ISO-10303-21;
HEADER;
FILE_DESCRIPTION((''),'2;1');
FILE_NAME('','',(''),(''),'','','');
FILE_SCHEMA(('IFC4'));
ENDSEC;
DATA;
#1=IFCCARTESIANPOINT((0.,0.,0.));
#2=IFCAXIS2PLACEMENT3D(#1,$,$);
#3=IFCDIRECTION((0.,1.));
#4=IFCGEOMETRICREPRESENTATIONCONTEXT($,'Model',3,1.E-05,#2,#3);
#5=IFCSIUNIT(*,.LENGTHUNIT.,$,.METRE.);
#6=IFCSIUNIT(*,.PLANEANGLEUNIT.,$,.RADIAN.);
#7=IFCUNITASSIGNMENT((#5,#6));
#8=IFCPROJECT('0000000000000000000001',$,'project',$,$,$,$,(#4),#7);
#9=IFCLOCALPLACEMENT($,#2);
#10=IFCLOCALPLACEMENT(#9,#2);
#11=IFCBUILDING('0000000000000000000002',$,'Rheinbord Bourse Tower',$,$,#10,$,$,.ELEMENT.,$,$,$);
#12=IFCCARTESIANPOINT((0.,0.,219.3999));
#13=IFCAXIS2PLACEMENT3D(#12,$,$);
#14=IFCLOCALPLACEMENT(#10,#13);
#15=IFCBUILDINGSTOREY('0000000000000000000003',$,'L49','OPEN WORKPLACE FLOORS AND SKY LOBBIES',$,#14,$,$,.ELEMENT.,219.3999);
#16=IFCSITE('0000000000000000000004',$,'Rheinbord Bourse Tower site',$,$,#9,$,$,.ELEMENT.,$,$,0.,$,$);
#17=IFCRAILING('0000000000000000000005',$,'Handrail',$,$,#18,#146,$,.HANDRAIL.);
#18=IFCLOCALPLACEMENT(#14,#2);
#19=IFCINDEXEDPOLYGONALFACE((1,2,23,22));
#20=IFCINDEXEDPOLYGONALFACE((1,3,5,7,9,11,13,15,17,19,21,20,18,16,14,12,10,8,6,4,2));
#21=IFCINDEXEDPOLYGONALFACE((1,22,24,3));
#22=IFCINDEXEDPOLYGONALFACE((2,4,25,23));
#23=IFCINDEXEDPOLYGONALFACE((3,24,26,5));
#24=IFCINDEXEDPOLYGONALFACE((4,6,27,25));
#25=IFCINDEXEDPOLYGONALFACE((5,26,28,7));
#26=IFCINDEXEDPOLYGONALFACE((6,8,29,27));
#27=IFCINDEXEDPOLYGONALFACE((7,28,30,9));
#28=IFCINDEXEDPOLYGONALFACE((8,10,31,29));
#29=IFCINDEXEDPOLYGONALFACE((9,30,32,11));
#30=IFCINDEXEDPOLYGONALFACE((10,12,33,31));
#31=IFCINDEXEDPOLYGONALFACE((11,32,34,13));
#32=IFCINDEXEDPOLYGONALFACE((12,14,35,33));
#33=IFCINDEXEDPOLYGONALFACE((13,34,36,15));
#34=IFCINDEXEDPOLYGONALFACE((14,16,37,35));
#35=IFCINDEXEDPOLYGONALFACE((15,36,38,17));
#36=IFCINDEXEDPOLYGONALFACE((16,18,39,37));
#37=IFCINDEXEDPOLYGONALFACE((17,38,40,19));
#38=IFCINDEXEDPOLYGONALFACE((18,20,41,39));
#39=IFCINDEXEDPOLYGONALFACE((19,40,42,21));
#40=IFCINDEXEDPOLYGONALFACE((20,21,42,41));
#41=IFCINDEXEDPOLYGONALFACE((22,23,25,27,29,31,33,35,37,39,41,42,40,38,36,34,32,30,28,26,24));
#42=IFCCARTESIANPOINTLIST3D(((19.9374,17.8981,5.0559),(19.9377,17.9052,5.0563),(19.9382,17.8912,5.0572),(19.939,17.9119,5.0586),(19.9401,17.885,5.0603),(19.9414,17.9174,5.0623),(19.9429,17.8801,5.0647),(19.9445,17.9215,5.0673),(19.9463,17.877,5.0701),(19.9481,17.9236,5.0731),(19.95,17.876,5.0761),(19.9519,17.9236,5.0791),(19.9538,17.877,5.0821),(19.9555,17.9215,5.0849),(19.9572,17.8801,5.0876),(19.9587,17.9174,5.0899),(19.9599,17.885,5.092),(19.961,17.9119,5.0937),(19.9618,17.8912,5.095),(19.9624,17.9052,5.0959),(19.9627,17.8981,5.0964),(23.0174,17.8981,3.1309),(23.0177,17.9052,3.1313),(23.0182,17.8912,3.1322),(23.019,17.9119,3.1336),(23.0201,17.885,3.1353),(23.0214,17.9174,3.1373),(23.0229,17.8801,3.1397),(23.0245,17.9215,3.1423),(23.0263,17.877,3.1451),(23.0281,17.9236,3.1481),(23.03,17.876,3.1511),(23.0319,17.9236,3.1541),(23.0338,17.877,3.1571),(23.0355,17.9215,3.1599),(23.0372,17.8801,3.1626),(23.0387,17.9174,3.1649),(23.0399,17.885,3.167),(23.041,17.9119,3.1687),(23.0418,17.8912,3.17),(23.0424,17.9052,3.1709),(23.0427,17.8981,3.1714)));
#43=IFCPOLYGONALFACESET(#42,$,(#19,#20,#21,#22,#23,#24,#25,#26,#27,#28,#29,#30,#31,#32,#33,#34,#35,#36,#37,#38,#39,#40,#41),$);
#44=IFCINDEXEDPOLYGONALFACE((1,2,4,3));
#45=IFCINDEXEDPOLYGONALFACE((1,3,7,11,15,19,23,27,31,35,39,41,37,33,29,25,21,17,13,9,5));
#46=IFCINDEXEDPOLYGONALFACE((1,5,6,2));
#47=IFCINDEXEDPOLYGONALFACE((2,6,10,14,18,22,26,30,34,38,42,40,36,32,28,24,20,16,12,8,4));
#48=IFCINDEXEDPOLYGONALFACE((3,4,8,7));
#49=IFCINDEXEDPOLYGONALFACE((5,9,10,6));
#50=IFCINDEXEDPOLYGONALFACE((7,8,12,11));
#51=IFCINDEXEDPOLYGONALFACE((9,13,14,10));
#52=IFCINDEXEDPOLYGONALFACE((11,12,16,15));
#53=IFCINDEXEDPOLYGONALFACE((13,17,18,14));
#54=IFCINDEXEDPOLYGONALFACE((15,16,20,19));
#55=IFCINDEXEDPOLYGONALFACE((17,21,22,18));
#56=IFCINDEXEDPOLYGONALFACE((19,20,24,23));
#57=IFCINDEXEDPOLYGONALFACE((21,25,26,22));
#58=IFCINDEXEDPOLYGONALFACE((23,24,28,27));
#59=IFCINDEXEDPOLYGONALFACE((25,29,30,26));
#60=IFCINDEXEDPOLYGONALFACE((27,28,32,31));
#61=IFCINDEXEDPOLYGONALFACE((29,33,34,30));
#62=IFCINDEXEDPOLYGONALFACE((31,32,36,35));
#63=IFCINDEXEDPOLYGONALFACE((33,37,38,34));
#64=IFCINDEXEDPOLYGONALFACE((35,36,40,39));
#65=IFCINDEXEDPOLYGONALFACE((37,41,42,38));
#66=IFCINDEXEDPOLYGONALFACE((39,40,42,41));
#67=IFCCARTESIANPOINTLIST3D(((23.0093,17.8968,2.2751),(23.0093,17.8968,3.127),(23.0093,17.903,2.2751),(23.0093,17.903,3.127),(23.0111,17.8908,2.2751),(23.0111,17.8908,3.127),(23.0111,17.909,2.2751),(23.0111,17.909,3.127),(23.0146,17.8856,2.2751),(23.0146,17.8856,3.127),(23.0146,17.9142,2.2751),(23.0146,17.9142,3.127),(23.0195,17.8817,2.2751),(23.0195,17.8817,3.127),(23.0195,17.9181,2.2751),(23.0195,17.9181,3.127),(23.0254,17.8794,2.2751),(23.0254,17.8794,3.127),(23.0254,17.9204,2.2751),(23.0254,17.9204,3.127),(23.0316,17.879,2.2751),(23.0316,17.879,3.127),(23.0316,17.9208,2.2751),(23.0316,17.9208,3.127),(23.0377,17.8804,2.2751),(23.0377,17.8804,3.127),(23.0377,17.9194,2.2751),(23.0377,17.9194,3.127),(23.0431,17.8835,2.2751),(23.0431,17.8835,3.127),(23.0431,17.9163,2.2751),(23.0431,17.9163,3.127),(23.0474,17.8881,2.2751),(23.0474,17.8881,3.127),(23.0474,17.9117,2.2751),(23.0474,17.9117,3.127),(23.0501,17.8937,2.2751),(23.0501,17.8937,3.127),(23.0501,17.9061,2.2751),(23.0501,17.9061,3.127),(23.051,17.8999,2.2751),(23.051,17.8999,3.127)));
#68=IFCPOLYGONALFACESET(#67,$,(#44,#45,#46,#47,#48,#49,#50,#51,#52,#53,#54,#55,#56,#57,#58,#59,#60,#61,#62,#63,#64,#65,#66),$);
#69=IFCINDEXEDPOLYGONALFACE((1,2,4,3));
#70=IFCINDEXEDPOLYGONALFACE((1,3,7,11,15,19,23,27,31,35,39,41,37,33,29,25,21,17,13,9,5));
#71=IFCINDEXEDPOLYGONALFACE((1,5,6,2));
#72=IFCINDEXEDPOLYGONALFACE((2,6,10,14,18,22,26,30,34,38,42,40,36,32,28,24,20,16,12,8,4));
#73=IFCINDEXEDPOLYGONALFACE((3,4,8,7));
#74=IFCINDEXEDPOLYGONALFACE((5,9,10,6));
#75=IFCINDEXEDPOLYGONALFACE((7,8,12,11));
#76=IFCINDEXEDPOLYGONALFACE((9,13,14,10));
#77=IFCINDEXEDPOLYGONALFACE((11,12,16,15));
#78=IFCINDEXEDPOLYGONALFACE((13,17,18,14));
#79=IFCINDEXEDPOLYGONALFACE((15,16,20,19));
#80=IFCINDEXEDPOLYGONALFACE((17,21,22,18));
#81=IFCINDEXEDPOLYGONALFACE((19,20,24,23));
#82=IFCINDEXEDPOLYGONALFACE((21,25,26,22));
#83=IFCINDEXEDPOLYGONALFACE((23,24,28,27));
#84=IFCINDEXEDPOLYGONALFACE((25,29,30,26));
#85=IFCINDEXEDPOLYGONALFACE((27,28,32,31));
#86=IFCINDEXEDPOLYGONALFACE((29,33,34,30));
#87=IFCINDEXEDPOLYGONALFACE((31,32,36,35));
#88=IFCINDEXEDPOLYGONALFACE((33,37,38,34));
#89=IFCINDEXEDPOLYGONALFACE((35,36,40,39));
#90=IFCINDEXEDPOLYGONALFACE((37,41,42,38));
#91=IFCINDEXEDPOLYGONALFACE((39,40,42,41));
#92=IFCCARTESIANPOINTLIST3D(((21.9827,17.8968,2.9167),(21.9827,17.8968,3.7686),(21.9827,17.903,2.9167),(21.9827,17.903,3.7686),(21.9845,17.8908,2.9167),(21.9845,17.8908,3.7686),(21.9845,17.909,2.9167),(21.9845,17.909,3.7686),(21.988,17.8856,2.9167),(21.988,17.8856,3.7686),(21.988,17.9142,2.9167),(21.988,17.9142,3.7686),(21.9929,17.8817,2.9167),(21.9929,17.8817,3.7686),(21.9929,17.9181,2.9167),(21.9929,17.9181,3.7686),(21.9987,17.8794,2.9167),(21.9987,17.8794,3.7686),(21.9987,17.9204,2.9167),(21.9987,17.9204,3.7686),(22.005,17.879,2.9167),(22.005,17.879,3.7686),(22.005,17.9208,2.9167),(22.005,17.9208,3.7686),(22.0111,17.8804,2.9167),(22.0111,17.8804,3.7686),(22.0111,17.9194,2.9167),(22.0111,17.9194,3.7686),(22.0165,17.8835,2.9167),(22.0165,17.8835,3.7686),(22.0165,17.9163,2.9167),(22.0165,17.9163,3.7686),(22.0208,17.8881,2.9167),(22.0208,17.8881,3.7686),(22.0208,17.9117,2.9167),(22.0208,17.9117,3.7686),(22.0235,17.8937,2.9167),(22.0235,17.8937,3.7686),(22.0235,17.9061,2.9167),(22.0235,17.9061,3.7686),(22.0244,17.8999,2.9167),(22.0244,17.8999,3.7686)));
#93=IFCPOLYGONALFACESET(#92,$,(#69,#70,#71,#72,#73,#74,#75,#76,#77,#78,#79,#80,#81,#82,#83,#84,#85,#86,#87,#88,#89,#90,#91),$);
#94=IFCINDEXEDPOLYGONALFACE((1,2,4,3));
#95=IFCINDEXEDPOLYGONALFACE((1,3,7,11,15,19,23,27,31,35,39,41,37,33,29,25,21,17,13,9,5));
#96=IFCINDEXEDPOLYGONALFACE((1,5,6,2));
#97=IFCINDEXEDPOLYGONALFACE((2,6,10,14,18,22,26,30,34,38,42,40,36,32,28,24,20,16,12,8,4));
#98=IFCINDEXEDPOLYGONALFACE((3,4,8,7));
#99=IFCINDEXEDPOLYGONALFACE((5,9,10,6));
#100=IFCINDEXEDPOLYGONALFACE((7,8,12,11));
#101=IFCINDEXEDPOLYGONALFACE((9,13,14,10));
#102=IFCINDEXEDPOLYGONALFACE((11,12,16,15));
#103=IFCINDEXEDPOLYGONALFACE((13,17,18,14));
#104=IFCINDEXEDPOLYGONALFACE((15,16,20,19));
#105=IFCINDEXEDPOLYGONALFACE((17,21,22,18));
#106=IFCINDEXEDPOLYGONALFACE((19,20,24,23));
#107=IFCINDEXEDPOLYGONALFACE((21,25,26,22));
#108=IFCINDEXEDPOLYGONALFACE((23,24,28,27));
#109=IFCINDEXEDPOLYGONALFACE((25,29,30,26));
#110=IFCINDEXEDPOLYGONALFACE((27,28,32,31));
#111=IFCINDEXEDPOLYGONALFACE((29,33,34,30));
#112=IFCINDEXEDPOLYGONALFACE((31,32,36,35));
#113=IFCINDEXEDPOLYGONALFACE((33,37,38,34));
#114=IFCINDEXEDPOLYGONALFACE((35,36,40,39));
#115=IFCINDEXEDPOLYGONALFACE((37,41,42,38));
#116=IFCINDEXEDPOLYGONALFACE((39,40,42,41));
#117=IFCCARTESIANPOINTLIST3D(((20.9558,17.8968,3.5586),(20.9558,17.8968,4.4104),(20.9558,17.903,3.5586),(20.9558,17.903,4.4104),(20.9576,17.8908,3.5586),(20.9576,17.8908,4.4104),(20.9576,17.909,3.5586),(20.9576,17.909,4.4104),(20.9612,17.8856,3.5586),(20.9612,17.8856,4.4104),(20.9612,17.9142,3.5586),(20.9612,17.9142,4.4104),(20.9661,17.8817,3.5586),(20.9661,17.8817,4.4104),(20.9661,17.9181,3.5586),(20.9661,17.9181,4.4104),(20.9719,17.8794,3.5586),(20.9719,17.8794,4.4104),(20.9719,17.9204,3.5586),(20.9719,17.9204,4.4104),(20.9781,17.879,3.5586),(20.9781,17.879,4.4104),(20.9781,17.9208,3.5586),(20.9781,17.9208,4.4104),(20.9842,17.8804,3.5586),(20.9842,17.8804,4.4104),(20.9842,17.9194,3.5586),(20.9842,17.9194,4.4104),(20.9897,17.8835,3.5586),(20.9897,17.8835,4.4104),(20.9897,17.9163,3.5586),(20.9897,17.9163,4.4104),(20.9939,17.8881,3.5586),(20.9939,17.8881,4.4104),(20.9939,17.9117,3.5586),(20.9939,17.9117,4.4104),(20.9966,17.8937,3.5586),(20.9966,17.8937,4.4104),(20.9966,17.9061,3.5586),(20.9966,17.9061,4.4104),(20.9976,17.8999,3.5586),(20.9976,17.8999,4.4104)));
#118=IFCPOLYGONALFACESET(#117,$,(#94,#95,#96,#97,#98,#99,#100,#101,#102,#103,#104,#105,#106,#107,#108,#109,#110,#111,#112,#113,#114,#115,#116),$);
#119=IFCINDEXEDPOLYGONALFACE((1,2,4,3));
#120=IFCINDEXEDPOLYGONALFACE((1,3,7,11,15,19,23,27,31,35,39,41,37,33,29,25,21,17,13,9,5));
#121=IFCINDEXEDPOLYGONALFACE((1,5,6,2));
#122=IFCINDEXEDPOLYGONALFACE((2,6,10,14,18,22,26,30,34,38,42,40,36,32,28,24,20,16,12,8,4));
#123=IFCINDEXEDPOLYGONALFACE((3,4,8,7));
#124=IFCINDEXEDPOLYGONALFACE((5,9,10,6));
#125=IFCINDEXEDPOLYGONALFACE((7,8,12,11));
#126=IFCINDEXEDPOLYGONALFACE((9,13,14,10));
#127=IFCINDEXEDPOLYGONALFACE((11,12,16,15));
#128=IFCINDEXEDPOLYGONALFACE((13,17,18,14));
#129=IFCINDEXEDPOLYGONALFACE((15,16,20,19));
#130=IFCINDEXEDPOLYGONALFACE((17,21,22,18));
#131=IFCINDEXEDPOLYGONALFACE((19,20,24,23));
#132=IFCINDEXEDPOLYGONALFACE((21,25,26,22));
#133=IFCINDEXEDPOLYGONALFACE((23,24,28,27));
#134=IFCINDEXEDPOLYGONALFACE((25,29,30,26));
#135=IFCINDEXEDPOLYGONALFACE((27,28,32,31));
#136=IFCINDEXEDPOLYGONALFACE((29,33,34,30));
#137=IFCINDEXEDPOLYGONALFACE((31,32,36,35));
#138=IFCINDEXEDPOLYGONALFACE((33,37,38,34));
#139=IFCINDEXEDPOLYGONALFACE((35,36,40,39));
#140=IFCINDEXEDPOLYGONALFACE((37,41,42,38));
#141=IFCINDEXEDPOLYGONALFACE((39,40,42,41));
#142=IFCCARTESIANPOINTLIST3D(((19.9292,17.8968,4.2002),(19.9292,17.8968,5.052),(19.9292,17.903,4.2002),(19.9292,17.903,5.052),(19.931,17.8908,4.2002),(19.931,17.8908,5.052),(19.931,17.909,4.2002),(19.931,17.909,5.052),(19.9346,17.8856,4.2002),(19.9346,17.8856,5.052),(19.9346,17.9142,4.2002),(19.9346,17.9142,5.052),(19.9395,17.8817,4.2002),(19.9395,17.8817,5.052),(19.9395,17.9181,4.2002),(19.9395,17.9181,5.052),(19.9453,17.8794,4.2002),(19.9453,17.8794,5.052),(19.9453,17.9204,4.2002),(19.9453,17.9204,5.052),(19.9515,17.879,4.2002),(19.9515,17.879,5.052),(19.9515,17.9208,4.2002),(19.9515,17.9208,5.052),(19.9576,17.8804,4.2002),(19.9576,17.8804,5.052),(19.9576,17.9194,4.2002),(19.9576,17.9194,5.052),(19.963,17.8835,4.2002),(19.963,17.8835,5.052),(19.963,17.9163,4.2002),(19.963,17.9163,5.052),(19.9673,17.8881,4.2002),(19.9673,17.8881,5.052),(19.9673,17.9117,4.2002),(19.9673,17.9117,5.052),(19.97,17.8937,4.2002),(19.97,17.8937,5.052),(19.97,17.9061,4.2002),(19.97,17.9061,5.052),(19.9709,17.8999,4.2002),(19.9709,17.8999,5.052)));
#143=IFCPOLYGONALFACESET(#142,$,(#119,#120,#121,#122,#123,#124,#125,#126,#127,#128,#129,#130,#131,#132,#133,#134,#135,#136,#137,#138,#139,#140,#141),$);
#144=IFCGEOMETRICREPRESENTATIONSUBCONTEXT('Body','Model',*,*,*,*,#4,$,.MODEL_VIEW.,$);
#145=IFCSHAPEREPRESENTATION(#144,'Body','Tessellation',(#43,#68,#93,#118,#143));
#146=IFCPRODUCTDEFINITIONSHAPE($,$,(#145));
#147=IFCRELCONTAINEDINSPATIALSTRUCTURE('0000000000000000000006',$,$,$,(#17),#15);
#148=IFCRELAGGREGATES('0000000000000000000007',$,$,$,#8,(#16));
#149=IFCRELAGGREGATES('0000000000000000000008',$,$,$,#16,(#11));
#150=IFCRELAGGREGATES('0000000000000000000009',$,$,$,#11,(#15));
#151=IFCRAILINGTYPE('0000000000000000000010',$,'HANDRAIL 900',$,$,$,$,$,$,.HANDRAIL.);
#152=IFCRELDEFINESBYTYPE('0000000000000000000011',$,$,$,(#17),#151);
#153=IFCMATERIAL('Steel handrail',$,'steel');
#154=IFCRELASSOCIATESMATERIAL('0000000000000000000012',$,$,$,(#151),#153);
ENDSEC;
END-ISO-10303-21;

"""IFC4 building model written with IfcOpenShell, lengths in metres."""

from ifc_helpers import new_model, si_unit, direction, frame, origin, origin_2d, place, context, subcontext, project, spatial, circle, extrude, material, type_object, element, save


model = new_model("IFC4")

# Units and contexts
model_context = context("Model", 3, precision=1e-05, world=origin(), true_north=direction((0.0, 1.0)))
body_context = subcontext(model_context, "Body", "Model", "MODEL_VIEW")
ifc_project = project(units=[si_unit("LENGTHUNIT", "METRE"), si_unit("PLANEANGLEUNIT", "RADIAN")], contexts=[model_context])

# Site, building, storey
site_placement = place(None, origin())
site = spatial("IfcSite", under=ifc_project, at=site_placement, Name="Rheinbord Bourse Tower site", CompositionType="ELEMENT", RefElevation=0.0)
building_placement = place(site_placement, origin())
building = spatial("IfcBuilding", under=site, at=building_placement, Name="Rheinbord Bourse Tower", CompositionType="ELEMENT")
storey_placement = place(building_placement, frame((0.0, 0.0, 219.3999)))
storey = spatial("IfcBuildingStorey", under=building, at=storey_placement, Name="L49", Description="OPEN WORKPLACE FLOORS AND SKY LOBBIES", CompositionType="ELEMENT", Elevation=219.3999)

# Railing
ifc_material_1 = material(Name="Steel handrail", Category="steel")
railing_type = type_object("IfcRailingType", Name="HANDRAIL 900", PredefinedType="HANDRAIL", material=ifc_material_1)
railing_1_placement = place(storey_placement, frame((23.03, 17.8999, 2.2751)))
element("IfcRailing", 1, at=railing_1_placement, inside=storey, type_object=railing_type, Name="Handrail", PredefinedType="HANDRAIL", context=body_context, shape_type="SweptSolid", body=[
    extrude(circle(Radius=0.0239, at=origin_2d()), frame((0.0, 0.0, 0.876), z_axis=(-0.847998, 0.0, 0.529999), x_axis=(0.0, -1.0, 0.0)), (0.0, 0.0, 1.0), 3.6321),
    extrude(circle(Radius=0.021, at=origin_2d()), origin(), (0.0, 0.0, 1.0), 0.8518),
    extrude(circle(Radius=0.021, at=origin_2d()), frame((-1.0266, 0.0, 0.6416)), (0.0, 0.0, 1.0), 0.8518),
    extrude(circle(Radius=0.021, at=origin_2d()), frame((-2.0535, 0.0, 1.2834)), (0.0, 0.0, 1.0), 0.8518),
    extrude(circle(Radius=0.021, at=origin_2d()), frame((-3.0801, 0.0, 1.925)), (0.0, 0.0, 1.0), 0.8518),
])

save(model, "model.ifc")
